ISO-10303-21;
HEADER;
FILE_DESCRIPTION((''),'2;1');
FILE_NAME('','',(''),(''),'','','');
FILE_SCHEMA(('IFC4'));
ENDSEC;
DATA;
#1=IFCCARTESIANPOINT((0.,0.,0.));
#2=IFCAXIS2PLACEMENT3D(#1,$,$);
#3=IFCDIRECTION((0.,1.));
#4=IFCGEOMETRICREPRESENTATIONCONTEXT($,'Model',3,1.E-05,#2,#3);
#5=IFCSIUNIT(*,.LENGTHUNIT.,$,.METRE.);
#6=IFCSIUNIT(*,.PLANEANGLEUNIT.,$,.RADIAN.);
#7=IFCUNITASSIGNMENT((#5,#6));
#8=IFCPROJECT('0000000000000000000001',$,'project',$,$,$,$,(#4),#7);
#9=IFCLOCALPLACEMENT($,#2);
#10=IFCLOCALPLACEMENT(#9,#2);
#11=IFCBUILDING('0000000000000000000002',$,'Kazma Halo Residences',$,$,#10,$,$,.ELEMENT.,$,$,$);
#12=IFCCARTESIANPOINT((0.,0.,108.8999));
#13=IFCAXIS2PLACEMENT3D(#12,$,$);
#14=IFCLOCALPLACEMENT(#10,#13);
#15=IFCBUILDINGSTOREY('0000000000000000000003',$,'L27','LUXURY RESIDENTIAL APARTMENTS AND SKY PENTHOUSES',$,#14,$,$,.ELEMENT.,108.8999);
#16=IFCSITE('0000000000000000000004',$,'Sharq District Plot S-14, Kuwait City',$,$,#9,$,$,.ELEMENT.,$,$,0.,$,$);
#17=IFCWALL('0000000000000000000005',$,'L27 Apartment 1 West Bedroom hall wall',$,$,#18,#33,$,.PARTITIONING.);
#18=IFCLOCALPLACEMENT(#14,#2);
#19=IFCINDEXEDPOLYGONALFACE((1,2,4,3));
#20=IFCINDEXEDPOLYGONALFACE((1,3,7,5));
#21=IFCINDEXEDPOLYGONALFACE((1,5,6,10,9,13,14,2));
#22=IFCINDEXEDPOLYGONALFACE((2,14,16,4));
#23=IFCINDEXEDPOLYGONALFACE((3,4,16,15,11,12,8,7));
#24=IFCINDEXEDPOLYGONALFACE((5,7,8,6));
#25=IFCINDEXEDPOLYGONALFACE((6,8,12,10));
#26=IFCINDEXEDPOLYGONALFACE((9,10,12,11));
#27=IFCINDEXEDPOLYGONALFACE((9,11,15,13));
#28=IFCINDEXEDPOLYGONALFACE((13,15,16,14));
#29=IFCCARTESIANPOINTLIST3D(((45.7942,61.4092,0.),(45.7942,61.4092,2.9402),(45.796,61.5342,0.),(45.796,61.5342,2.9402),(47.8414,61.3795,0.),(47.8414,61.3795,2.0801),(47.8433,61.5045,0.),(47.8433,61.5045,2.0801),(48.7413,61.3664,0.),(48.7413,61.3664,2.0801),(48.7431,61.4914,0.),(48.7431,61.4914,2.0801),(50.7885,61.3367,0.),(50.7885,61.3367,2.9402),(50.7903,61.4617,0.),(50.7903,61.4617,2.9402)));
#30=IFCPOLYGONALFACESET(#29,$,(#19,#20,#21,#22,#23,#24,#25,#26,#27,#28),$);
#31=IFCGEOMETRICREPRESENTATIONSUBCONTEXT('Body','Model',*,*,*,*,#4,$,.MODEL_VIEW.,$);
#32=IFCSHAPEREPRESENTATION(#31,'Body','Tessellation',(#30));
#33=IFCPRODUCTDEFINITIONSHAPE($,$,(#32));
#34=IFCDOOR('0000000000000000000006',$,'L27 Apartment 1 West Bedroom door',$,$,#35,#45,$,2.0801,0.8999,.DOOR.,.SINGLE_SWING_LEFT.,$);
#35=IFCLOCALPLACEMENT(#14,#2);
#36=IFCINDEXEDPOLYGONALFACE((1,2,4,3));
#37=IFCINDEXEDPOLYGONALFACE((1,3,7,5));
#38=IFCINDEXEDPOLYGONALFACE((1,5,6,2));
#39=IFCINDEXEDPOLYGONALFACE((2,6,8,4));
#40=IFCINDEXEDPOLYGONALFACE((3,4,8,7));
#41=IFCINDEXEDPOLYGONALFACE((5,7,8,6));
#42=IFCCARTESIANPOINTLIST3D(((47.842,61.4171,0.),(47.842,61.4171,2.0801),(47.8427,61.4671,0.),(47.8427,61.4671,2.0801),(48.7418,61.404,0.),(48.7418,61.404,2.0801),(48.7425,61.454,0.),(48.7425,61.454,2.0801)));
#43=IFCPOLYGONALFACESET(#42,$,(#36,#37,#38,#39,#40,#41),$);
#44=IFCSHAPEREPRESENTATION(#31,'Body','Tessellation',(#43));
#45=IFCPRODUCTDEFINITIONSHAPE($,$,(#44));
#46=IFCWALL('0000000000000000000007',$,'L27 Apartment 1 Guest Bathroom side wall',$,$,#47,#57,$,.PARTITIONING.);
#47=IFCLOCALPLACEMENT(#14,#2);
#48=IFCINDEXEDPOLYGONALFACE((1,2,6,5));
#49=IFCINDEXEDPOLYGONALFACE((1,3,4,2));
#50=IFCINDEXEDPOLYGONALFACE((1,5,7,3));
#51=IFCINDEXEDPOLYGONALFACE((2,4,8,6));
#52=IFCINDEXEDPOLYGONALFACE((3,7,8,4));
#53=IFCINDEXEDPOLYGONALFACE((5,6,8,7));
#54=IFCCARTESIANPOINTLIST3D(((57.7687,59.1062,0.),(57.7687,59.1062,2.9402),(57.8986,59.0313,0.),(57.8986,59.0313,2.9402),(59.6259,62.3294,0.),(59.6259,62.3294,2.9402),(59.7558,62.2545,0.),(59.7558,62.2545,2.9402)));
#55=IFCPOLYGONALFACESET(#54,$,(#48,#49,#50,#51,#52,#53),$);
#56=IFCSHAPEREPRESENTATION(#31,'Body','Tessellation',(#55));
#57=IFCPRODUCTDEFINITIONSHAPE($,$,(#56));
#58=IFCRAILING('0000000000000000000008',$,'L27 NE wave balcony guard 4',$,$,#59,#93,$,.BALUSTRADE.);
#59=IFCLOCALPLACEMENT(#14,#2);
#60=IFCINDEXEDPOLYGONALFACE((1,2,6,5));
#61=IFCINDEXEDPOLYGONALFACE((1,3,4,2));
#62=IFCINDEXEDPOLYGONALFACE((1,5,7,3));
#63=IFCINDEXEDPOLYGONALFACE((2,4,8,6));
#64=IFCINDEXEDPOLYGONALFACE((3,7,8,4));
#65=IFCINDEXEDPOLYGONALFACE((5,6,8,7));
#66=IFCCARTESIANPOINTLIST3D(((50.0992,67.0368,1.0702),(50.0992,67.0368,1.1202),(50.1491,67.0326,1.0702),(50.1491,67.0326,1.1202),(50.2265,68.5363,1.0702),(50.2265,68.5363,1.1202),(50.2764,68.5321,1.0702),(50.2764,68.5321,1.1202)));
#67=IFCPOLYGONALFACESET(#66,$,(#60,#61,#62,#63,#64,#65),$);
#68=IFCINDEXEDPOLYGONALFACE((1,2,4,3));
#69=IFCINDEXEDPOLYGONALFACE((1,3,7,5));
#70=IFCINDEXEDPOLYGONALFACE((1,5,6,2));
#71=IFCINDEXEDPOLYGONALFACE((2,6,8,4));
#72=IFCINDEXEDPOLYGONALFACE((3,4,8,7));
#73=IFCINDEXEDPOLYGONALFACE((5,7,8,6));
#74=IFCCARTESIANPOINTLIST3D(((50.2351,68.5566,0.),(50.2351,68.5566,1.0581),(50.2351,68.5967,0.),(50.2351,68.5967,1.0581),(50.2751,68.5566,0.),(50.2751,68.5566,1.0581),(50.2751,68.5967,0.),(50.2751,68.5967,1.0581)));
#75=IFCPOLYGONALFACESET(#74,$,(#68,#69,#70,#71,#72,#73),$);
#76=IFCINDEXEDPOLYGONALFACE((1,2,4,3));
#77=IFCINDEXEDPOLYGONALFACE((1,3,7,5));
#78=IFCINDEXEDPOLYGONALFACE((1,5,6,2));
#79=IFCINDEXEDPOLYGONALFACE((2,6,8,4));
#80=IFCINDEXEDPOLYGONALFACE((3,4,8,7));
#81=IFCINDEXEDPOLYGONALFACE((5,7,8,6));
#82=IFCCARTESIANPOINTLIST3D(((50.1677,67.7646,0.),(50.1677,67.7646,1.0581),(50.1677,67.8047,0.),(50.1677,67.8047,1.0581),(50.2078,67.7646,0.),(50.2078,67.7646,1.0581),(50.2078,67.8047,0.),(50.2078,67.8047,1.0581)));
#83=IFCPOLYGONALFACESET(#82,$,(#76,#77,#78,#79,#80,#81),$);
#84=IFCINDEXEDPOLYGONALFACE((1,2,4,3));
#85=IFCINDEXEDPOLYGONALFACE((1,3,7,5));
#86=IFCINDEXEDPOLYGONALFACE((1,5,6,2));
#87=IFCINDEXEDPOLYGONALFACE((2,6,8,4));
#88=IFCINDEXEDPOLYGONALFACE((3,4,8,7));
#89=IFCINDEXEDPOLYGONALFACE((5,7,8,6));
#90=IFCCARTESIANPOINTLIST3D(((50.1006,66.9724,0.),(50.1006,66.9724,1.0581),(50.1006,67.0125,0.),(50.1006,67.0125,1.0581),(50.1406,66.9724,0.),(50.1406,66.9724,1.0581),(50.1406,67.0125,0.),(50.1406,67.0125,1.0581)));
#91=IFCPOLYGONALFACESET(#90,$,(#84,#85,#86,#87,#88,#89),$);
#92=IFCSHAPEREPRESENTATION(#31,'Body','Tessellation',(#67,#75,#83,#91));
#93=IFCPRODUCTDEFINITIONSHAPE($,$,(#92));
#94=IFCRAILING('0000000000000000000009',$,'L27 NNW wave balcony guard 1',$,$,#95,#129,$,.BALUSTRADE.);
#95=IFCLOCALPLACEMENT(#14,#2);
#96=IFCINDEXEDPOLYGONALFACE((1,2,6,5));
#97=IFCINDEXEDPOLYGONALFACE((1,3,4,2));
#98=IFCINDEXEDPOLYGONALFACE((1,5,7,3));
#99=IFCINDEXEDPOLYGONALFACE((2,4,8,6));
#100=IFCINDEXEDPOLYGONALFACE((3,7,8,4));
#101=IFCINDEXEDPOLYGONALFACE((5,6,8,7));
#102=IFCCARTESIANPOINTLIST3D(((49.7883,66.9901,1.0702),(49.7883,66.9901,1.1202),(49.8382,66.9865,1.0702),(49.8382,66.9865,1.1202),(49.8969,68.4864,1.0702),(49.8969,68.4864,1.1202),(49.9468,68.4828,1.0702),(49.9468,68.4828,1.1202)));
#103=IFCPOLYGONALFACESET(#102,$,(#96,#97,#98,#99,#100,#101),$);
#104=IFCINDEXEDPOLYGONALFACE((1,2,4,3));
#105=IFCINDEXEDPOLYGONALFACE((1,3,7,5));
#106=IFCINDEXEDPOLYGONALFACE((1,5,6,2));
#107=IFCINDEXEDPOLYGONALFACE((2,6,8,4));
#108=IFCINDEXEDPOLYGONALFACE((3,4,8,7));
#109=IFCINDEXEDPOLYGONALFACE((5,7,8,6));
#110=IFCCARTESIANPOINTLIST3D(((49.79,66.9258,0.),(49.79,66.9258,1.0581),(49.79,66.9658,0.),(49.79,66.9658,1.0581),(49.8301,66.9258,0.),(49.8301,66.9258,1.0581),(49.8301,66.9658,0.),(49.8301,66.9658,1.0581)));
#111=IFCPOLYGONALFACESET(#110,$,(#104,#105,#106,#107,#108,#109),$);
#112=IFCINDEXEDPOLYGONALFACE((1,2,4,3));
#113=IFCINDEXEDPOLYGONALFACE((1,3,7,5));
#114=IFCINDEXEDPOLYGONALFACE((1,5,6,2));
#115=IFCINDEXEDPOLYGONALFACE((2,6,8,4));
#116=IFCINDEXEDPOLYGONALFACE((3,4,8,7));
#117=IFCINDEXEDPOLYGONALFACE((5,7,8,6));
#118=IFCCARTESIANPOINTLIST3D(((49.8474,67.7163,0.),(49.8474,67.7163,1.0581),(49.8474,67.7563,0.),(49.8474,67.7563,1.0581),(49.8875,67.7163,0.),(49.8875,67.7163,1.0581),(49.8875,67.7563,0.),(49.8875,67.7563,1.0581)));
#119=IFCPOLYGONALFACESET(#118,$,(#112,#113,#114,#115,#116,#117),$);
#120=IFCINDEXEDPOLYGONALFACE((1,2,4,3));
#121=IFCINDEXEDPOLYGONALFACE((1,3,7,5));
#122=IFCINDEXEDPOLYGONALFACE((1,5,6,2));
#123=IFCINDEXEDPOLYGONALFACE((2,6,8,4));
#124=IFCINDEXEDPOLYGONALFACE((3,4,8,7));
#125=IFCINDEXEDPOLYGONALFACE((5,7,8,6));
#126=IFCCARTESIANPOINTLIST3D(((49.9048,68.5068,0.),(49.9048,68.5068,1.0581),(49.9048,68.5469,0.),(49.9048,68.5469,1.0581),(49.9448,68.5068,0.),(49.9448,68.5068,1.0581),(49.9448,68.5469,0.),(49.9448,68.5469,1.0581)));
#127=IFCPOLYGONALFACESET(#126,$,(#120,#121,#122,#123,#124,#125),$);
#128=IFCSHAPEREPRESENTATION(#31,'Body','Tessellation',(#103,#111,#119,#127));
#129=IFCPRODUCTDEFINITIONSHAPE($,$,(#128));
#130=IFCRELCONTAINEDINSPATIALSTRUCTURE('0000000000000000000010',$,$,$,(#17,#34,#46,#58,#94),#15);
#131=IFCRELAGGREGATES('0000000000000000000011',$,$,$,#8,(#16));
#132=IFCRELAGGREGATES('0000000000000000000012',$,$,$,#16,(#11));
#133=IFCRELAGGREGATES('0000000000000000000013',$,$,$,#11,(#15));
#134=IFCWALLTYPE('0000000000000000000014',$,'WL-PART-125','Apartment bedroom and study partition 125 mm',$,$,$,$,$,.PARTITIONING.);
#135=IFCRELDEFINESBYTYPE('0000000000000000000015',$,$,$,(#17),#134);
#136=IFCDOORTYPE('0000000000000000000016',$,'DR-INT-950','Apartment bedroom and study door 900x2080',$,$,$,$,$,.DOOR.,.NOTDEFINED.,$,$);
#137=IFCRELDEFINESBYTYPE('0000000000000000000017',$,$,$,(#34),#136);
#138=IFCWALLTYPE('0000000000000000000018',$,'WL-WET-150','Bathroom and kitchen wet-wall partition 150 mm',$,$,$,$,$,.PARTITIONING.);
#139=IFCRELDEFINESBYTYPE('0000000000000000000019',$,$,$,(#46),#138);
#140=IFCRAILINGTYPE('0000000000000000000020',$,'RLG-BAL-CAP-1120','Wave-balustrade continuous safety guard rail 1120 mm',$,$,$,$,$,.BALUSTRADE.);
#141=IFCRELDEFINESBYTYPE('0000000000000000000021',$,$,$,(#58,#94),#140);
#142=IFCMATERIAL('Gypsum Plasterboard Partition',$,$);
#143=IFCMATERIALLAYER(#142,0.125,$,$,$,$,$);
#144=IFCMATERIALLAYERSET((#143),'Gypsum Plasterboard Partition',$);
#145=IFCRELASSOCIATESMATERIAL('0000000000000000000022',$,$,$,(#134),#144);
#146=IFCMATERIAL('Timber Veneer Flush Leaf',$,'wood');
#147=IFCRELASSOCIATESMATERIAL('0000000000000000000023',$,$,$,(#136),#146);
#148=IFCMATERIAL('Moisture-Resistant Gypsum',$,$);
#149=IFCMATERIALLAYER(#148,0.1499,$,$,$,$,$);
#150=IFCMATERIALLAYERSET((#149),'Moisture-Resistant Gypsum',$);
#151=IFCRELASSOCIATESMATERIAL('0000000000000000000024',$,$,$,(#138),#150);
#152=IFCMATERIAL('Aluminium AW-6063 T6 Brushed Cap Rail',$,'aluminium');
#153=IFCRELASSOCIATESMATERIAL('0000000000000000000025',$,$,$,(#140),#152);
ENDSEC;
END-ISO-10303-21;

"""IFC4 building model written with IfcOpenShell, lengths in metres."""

from ifc_helpers import new_model, si_unit, direction, frame, frame_2d, origin, origin_2d, place, context, subcontext, project, spatial, rectangle, extrude, material, layer, layer_set, type_object, element, fill, save


model = new_model("IFC4")

# Units and contexts
model_context = context("Model", 3, precision=1e-05, world=origin(), true_north=direction((0.0, 1.0)))
body_context = subcontext(model_context, "Body", "Model", "MODEL_VIEW")
ifc_project = project(units=[si_unit("LENGTHUNIT", "METRE"), si_unit("PLANEANGLEUNIT", "RADIAN")], contexts=[model_context])

# Site, building, storey
site_placement = place(None, origin())
site = spatial("IfcSite", under=ifc_project, at=site_placement, Name="Sharq District Plot S-14, Kuwait City", CompositionType="ELEMENT", RefElevation=0.0)
building_placement = place(site_placement, origin())
building = spatial("IfcBuilding", under=site, at=building_placement, Name="Kazma Halo Residences", CompositionType="ELEMENT")
storey_placement = place(building_placement, frame((0.0, 0.0, 108.8999)))
storey = spatial("IfcBuildingStorey", under=building, at=storey_placement, Name="L27", Description="LUXURY RESIDENTIAL APARTMENTS AND SKY PENTHOUSES", CompositionType="ELEMENT", Elevation=108.8999)

# Shared definitions
ifc_material_1 = material(Name="Gypsum Plasterboard Partition")
ifc_layer_1 = layer(ifc_material_1, 0.125)
ifc_layer_set_1 = layer_set([ifc_layer_1], Name="Gypsum Plasterboard Partition")
wall_type_1 = type_object("IfcWallType", Name="WL-PART-125", Description="Apartment bedroom and study partition 125 mm", PredefinedType="PARTITIONING", material=ifc_layer_set_1)

# Wall, opening, door
wall_1_placement = place(storey_placement, frame((50.7896, 61.3992, 0.0), z_axis=(0.0, 0.0, 1.0), x_axis=(-0.999895, 0.014517, 0.0)))
wall_1 = element("IfcWall", 1, at=wall_1_placement, inside=storey, type_object=wall_type_1, Name="L27 Apartment 1 West Bedroom hall wall", PredefinedType="PARTITIONING", context=body_context, shape_type="SweptSolid", body=[
    extrude(rectangle(XDim=4.9949, YDim=0.125, at=frame_2d((2.4976, 0.0))), origin(), (0.0, 0.0, 1.0), 2.9402),
])
opening_1_placement = place(wall_1_placement, frame((2.0476, 0.0, 0.0)))
opening_1 = element("IfcOpeningElement", 2, at=opening_1_placement, cuts=wall_1, PredefinedType="OPENING", context=body_context, shape_type="SweptSolid", body=[
    extrude(rectangle(XDim=0.8999, YDim=2.0801, at=frame_2d((0.45, 1.04))), frame((0.0, 0.0725, 0.0), z_axis=(0.0, -1.0, 0.0), x_axis=(1.0, 0.0, 0.0)), (0.0, 0.0, 1.0), 0.145),
])
ifc_material_2 = material(Name="Timber Veneer Flush Leaf", Category="wood")
door_type_1 = type_object("IfcDoorType", Name="DR-INT-950", Description="Apartment bedroom and study door 900x2080", OperationType="NOTDEFINED", PredefinedType="DOOR", material=ifc_material_2)
door_1_placement = place(opening_1_placement, origin())
door_1 = element("IfcDoor", 3, at=door_1_placement, inside=storey, type_object=door_type_1, Name="L27 Apartment 1 West Bedroom door", OperationType="SINGLE_SWING_LEFT", OverallHeight=2.0801, OverallWidth=0.8999, PredefinedType="DOOR", context=body_context, shape_type="SweptSolid", body=[
    extrude(rectangle(XDim=0.8999, YDim=2.0801, at=frame_2d((0.45, 1.04))), frame((0.0, 0.0249, 0.0), z_axis=(0.0, -1.0, 0.0), x_axis=(1.0, 0.0, 0.0)), (0.0, 0.0, 1.0), 0.05),
])
fill(opening_1, door_1)

# Wall
ifc_material_3 = material(Name="Moisture-Resistant Gypsum")
ifc_layer_2 = layer(ifc_material_3, 0.1499)
ifc_layer_set_2 = layer_set([ifc_layer_2], Name="Moisture-Resistant Gypsum")
wall_type_2 = type_object("IfcWallType", Name="WL-WET-150", Description="Bathroom and kitchen wet-wall partition 150 mm", PredefinedType="PARTITIONING", material=ifc_layer_set_2)
wall_2_placement = place(storey_placement, frame((57.8337, 59.0688, 0.0), z_axis=(0.0, 0.0, 1.0), x_axis=(0.499253, 0.866456, 0.0)))
element("IfcWall", 4, at=wall_2_placement, inside=storey, type_object=wall_type_2, Name="L27 Apartment 1 Guest Bathroom side wall", PredefinedType="PARTITIONING", context=body_context, shape_type="SweptSolid", body=[
    extrude(rectangle(XDim=3.72, YDim=0.1499, at=frame_2d((1.8599, 0.0))), origin(), (0.0, 0.0, 1.0), 2.9402),
])

# Railings
ifc_material_4 = material(Name="Aluminium AW-6063 T6 Brushed Cap Rail", Category="aluminium")
railing_type = type_object("IfcRailingType", Name="RLG-BAL-CAP-1120", Description="Wave-balustrade continuous safety guard rail 1120 mm", PredefinedType="BALUSTRADE", material=ifc_material_4)
railing_1_placement = place(storey_placement, frame((50.2551, 68.5767, 0.0)))
element("IfcRailing", 5, at=railing_1_placement, inside=storey, type_object=railing_type, Name="L27 NE wave balcony guard 4", PredefinedType="BALUSTRADE", context=body_context, shape_type="SweptSolid", body=[
    extrude(rectangle(XDim=0.05, YDim=0.05, at=origin_2d()), frame((-0.0037, -0.0425, 1.0952), z_axis=(-0.084608, -0.996414, 0.0), x_axis=(0.996414, -0.084608, 0.0)), (0.0, 0.0, 1.0), 1.5049),
    extrude(rectangle(XDim=0.04, YDim=0.04, at=origin_2d()), origin(), (0.0, 0.0, 1.0), 1.0581),
    extrude(rectangle(XDim=0.04, YDim=0.04, at=origin_2d()), frame((-0.0674, -0.792, 0.0)), (0.0, 0.0, 1.0), 1.0581),
    extrude(rectangle(XDim=0.04, YDim=0.04, at=origin_2d()), frame((-0.1345, -1.5842, 0.0)), (0.0, 0.0, 1.0), 1.0581),
])
railing_2_placement = place(storey_placement, frame((49.8101, 66.9458, 0.0)))
element("IfcRailing", 6, at=railing_2_placement, inside=storey, type_object=railing_type, Name="L27 NNW wave balcony guard 1", PredefinedType="BALUSTRADE", context=body_context, shape_type="SweptSolid", body=[
    extrude(rectangle(XDim=0.05, YDim=0.05, at=origin_2d()), frame((0.0032, 0.0425, 1.0952), z_axis=(0.072385, 0.997377, 0.0), x_axis=(-0.997377, 0.072385, 0.0)), (0.0, 0.0, 1.0), 1.5002),
    extrude(rectangle(XDim=0.04, YDim=0.04, at=origin_2d()), origin(), (0.0, 0.0, 1.0), 1.0581),
    extrude(rectangle(XDim=0.04, YDim=0.04, at=origin_2d()), frame((0.0574, 0.7905, 0.0)), (0.0, 0.0, 1.0), 1.0581),
    extrude(rectangle(XDim=0.04, YDim=0.04, at=origin_2d()), frame((0.1147, 1.5811, 0.0)), (0.0, 0.0, 1.0), 1.0581),
])

save(model, "model.ifc")
